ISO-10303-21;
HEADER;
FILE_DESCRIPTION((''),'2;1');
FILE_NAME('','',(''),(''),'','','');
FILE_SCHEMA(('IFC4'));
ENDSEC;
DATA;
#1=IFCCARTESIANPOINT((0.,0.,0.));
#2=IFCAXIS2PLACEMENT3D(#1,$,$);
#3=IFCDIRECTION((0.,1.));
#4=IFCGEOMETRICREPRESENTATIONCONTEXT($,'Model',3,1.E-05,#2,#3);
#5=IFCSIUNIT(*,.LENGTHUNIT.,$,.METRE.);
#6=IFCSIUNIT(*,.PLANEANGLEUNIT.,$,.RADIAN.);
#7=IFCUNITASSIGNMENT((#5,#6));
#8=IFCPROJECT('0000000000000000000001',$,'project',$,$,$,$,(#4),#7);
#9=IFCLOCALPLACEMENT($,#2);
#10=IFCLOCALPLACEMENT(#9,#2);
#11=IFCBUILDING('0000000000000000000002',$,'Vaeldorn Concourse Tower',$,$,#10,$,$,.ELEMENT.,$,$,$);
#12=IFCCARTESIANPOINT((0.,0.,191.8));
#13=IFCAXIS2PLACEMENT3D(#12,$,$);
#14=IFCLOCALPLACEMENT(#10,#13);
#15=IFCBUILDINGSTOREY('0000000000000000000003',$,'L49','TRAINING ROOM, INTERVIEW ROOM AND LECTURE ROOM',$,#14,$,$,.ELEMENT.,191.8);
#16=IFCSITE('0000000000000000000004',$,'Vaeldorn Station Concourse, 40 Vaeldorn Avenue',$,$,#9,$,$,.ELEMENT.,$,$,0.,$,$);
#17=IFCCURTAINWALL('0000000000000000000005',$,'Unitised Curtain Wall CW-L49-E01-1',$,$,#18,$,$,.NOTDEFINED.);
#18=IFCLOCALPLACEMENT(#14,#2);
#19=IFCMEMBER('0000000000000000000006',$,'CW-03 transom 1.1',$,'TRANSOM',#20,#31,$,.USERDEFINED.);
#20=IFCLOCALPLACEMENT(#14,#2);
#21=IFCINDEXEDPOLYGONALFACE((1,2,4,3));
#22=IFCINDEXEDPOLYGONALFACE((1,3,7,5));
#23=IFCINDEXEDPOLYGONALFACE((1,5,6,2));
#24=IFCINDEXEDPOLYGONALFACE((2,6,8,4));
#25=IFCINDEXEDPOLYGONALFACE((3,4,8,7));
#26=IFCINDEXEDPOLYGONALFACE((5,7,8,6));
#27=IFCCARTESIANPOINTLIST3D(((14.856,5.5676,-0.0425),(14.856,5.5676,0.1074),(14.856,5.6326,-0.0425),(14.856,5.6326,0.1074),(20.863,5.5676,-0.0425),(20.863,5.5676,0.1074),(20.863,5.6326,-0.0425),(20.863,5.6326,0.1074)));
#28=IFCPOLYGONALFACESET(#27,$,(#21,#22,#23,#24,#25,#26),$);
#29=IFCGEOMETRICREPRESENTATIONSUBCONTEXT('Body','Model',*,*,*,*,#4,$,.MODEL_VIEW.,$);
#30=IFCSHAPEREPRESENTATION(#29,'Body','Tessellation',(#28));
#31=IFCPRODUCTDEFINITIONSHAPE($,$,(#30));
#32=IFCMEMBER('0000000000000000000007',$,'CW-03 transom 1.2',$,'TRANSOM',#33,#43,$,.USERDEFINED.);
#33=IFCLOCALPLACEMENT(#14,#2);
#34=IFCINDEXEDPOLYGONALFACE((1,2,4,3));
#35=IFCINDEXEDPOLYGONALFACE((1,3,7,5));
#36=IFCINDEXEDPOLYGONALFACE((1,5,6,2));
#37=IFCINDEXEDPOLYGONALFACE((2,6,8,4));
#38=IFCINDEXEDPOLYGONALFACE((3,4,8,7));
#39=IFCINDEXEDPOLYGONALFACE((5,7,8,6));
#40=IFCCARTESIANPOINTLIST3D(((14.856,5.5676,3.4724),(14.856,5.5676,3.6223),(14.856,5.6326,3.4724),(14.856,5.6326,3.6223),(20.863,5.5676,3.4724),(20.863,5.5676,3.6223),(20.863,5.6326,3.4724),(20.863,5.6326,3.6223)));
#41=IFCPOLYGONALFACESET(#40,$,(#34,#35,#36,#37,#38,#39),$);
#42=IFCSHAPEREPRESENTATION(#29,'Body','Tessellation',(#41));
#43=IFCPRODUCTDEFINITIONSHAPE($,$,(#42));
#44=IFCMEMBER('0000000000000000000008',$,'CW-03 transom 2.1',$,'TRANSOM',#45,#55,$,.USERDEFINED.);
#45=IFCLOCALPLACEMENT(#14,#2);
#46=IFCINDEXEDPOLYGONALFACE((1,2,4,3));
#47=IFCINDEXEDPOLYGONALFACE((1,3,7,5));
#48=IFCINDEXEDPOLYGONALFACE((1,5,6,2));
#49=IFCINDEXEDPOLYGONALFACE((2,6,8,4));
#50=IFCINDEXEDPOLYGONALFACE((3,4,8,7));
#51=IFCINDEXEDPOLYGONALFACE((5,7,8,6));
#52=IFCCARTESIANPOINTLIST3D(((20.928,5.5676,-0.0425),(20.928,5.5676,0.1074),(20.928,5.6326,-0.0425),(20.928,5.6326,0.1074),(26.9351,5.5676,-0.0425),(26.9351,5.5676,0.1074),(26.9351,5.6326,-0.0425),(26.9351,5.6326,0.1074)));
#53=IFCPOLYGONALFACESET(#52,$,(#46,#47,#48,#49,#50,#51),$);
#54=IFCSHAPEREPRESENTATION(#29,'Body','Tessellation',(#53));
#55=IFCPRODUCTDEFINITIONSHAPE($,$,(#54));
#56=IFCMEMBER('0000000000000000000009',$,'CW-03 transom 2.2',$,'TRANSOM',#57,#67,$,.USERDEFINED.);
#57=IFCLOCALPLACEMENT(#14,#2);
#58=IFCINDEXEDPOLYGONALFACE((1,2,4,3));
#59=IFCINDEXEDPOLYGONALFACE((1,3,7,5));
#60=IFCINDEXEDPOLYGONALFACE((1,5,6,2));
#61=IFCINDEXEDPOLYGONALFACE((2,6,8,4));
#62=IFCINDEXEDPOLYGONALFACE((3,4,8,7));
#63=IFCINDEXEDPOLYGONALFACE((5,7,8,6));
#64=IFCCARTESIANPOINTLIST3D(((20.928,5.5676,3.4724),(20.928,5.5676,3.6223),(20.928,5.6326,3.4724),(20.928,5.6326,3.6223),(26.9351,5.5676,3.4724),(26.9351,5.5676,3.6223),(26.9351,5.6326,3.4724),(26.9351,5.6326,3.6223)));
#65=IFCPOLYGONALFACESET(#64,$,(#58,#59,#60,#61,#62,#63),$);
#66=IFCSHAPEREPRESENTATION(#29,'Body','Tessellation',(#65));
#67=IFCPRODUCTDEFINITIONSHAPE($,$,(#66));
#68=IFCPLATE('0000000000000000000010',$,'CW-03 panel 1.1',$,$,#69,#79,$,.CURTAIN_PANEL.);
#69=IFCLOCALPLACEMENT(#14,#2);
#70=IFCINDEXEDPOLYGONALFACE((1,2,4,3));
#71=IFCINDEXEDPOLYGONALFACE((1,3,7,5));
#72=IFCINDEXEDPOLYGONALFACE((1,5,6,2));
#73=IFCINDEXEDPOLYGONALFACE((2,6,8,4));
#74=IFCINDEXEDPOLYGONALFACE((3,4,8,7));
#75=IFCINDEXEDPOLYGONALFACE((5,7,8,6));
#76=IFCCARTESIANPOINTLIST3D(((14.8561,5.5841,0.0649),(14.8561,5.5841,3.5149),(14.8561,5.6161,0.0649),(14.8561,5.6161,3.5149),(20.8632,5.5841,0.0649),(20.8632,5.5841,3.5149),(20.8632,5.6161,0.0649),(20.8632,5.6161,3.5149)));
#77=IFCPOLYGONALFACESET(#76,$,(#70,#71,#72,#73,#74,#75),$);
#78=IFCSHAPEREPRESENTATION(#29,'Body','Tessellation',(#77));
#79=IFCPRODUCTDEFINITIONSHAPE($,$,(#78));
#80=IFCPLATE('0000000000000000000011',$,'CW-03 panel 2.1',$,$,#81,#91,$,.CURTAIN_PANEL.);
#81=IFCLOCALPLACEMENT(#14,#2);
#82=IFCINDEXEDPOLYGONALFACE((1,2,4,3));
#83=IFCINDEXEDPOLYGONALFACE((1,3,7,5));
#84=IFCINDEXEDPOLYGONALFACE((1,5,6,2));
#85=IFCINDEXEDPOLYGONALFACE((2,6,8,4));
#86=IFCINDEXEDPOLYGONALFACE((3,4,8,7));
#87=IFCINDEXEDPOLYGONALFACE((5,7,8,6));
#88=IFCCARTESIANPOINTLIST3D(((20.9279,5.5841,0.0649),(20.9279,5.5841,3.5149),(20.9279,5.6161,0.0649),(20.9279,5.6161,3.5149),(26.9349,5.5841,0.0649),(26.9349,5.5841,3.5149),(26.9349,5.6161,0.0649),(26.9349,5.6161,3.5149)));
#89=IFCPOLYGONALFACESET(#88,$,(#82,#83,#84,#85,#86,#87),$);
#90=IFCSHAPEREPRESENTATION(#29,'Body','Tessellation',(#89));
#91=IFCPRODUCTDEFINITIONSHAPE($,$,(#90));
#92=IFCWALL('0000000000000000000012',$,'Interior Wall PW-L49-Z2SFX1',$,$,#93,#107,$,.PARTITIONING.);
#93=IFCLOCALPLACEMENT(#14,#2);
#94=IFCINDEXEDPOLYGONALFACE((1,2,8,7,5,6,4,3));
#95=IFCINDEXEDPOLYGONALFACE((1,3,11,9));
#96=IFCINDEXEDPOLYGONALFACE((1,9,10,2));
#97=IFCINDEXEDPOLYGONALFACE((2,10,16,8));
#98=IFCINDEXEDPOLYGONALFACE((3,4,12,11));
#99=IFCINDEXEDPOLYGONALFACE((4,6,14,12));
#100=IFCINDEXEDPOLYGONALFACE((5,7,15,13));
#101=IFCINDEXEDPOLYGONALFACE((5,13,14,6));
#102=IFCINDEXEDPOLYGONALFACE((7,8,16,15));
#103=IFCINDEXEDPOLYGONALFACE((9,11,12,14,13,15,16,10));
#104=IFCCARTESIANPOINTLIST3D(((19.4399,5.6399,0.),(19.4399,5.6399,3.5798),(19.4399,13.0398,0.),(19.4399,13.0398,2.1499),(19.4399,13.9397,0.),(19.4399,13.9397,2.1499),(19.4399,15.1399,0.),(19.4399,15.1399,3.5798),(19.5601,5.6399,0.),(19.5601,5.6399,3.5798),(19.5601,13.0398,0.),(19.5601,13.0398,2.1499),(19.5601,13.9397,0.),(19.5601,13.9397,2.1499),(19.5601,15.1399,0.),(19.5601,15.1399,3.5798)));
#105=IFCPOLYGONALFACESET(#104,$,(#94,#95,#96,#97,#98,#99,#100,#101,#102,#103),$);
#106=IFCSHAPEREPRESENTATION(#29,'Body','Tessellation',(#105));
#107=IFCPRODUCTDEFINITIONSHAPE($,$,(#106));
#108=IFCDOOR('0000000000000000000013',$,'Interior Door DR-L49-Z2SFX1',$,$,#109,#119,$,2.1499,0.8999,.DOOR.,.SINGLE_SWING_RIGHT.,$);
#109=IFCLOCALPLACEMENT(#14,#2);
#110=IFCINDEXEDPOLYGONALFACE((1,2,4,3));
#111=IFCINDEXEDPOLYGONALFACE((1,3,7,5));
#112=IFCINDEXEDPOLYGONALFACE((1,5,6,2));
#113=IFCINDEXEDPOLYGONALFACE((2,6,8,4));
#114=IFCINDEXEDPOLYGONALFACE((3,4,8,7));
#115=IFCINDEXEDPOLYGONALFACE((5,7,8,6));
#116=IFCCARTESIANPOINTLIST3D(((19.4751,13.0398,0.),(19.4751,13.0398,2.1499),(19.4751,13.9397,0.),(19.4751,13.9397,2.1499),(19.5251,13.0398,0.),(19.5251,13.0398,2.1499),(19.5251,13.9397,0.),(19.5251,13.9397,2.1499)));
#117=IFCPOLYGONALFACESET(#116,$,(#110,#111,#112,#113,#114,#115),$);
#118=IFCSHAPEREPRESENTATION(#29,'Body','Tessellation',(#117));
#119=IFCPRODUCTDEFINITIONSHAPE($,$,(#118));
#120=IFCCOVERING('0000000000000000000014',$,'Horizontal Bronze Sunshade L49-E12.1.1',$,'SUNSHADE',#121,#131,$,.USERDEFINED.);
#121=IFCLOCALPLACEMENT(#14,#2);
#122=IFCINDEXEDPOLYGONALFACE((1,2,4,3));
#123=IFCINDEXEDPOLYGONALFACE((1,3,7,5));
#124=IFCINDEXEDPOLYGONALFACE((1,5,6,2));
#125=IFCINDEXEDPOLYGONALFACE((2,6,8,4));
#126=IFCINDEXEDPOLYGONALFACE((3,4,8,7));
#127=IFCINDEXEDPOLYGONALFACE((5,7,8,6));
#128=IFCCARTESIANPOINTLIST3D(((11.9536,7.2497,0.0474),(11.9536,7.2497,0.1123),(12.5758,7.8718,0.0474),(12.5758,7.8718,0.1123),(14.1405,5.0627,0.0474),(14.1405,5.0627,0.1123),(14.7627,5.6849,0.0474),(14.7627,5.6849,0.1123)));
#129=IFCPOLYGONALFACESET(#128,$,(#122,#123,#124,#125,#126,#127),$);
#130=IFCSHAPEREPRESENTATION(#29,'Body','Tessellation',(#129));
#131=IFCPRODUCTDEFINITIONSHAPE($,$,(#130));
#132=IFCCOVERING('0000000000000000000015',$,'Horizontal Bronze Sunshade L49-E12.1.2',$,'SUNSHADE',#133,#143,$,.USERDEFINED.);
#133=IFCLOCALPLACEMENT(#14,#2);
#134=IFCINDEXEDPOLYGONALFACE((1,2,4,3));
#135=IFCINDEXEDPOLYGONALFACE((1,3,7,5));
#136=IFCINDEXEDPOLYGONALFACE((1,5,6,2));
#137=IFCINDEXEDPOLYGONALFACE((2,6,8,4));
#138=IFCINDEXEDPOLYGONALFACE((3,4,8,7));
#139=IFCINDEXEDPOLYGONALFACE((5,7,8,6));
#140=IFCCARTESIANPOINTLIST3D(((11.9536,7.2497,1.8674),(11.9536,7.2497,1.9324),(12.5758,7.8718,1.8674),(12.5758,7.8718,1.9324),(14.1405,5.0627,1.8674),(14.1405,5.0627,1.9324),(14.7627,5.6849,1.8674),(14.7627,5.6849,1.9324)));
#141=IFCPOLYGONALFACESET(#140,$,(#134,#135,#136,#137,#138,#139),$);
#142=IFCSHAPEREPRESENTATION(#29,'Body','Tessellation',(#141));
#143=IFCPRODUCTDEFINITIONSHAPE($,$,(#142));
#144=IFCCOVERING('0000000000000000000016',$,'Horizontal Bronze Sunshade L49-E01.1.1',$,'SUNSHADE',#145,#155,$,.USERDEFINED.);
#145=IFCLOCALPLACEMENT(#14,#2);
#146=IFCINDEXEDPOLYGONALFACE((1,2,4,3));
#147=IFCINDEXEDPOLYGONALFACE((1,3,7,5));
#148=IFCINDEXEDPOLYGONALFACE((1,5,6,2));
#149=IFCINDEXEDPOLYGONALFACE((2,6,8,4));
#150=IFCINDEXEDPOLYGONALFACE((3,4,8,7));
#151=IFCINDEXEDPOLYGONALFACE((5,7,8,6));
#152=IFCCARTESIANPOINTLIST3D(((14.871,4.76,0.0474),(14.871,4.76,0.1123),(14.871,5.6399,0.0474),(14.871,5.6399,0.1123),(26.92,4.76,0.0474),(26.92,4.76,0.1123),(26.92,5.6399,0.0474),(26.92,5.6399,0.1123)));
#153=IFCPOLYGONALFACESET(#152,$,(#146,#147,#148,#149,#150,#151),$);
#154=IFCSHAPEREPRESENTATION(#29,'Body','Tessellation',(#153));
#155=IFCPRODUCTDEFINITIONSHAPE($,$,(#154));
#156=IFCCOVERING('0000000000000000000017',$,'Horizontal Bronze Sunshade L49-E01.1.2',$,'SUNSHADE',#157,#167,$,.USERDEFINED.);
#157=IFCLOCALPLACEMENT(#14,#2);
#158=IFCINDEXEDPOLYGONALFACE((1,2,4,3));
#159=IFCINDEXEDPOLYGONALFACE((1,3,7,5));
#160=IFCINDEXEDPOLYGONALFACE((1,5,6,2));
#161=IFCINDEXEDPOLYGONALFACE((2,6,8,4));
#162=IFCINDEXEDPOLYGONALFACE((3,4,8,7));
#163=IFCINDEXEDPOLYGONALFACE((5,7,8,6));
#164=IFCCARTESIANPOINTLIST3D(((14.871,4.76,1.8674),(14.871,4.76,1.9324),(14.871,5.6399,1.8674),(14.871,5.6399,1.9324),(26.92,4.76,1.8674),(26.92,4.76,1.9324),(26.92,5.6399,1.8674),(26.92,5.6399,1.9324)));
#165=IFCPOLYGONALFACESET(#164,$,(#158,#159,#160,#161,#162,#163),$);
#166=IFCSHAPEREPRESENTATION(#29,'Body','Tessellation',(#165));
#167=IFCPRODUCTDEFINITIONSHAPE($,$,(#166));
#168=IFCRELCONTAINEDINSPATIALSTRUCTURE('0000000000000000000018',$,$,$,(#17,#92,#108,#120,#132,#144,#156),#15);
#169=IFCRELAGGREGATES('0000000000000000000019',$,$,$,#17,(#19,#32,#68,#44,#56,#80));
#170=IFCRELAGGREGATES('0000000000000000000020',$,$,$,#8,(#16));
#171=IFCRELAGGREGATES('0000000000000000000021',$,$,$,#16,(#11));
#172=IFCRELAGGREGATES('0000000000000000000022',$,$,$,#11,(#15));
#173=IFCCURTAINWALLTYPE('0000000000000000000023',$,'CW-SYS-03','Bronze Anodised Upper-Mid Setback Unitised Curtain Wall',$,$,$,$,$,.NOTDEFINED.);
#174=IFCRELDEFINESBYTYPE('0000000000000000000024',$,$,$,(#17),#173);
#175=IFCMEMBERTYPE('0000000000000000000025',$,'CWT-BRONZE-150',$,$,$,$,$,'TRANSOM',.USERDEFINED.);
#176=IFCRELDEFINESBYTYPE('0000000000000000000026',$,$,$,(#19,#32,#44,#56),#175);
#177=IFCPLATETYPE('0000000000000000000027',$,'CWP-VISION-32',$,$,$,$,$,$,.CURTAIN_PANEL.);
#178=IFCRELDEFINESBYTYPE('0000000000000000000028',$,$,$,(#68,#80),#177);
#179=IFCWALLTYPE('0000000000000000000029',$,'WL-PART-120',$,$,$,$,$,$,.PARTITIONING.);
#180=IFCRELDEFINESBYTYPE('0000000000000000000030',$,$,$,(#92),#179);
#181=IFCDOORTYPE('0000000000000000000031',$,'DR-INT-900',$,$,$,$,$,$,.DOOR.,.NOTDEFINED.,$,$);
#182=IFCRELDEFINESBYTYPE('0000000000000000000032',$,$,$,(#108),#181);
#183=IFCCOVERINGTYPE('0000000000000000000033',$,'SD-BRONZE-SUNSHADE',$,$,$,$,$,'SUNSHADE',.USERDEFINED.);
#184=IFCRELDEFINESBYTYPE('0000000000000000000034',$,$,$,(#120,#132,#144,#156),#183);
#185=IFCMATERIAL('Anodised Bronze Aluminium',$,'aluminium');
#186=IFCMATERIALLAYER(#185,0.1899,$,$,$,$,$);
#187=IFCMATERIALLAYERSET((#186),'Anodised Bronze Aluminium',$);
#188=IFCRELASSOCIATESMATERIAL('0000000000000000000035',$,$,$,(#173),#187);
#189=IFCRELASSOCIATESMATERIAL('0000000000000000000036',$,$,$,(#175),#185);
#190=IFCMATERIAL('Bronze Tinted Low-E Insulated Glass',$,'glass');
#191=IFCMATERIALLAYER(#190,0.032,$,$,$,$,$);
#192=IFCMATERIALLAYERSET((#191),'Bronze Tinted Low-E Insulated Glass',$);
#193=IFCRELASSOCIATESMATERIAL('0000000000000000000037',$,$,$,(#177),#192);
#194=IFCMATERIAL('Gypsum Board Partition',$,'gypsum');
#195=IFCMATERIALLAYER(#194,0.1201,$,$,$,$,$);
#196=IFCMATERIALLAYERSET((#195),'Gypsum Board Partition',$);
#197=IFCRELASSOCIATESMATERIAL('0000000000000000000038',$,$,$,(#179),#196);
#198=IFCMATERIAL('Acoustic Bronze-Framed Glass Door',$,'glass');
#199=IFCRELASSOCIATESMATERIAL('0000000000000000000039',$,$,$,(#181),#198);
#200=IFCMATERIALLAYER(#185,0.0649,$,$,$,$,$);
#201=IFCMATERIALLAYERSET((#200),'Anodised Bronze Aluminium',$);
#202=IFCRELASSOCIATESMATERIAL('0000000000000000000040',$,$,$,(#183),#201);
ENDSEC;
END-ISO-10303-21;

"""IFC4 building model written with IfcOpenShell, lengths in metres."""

from ifc_helpers import new_model, si_unit, direction, frame, frame_2d, origin, origin_2d, place, context, subcontext, project, spatial, rectangle, extrude, source, transform, mapped, material, layer, layer_set, material_profile, profile_set, type_object, element, fill, aggregate, save


model = new_model("IFC4")

# Units and contexts
model_context = context("Model", 3, precision=1e-05, world=origin(), true_north=direction((0.0, 1.0)))
body_context = subcontext(model_context, "Body", "Model", "MODEL_VIEW")
ifc_project = project(units=[si_unit("LENGTHUNIT", "METRE"), si_unit("PLANEANGLEUNIT", "RADIAN")], contexts=[model_context])

# Site, building, storey
site_placement = place(None, origin())
site = spatial("IfcSite", under=ifc_project, at=site_placement, Name="Vaeldorn Station Concourse, 40 Vaeldorn Avenue", CompositionType="ELEMENT", RefElevation=0.0)
building_placement = place(site_placement, origin())
building = spatial("IfcBuilding", under=site, at=building_placement, Name="Vaeldorn Concourse Tower", CompositionType="ELEMENT")
storey_placement = place(building_placement, frame((0.0, 0.0, 191.8)))
storey = spatial("IfcBuildingStorey", under=building, at=storey_placement, Name="L49", Description="TRAINING ROOM, INTERVIEW ROOM AND LECTURE ROOM", CompositionType="ELEMENT", Elevation=191.8)

# Curtain wall
ifc_material_1 = material(Name="Anodised Bronze Aluminium", Category="aluminium")
ifc_layer_1 = layer(ifc_material_1, 0.1899)
ifc_layer_set_1 = layer_set([ifc_layer_1], Name="Anodised Bronze Aluminium")
curtain_wall_type = type_object("IfcCurtainWallType", Name="CW-SYS-03", Description="Bronze Anodised Upper-Mid Setback Unitised Curtain Wall", PredefinedType="NOTDEFINED", material=ifc_layer_set_1)
curtain_wall_1_placement = place(storey_placement, origin())
curtain_wall_1 = element("IfcCurtainWall", 1, at=curtain_wall_1_placement, inside=storey, type_object=curtain_wall_type, Name="Unitised Curtain Wall CW-L49-E01-1", PredefinedType="NOTDEFINED")

# Members
ifc_material_profile_1 = material_profile(ifc_material_1, rectangle(XDim=0.0649, YDim=0.1499, at=origin_2d()), Name="CWT 65x150")
ifc_profile_set_1 = profile_set([ifc_material_profile_1], Name="Anodised Bronze Aluminium")
member_type_1 = type_object("IfcMemberType", Name="CWT-BRONZE-150", ElementType="TRANSOM", PredefinedType="USERDEFINED", material=ifc_profile_set_1)
shared_shape_1 = source(origin(), body_context, "Body", "SweptSolid", [
    extrude(rectangle(XDim=0.0649, YDim=0.1499, at=origin_2d()), origin(), (0.0, 0.0, 1.0), 6.0071),
])
member_1_placement = place(storey_placement, frame((14.856, 5.6001, 0.0325), z_axis=(1.0, 0.0, 0.0), x_axis=(0.0, 1.0, 0.0)))
member_1 = element("IfcMember", 2, at=member_1_placement, type_object=member_type_1, Name="CW-03 transom 1.1", ObjectType="TRANSOM", PredefinedType="USERDEFINED", context=body_context, shape_type="MappedRepresentation", body=[
    mapped(shared_shape_1, transform((0.0, 0.0, 0.0), scale=1.0)),
])
member_2_placement = place(storey_placement, frame((14.856, 5.6001, 3.5474), z_axis=(1.0, 0.0, 0.0), x_axis=(0.0, 1.0, 0.0)))
member_2 = element("IfcMember", 3, at=member_2_placement, type_object=member_type_1, Name="CW-03 transom 1.2", ObjectType="TRANSOM", PredefinedType="USERDEFINED", context=body_context, shape_type="MappedRepresentation", body=[
    mapped(shared_shape_1, transform((0.0, 0.0, 0.0), scale=1.0)),
])
member_3_placement = place(storey_placement, frame((20.928, 5.6001, 0.0325), z_axis=(1.0, 0.0, 0.0), x_axis=(0.0, 1.0, 0.0)))
member_3 = element("IfcMember", 4, at=member_3_placement, type_object=member_type_1, Name="CW-03 transom 2.1", ObjectType="TRANSOM", PredefinedType="USERDEFINED", context=body_context, shape_type="MappedRepresentation", body=[
    mapped(shared_shape_1, transform((0.0, 0.0, 0.0), scale=1.0)),
])
member_4_placement = place(storey_placement, frame((20.928, 5.6001, 3.5474), z_axis=(1.0, 0.0, 0.0), x_axis=(0.0, 1.0, 0.0)))
member_4 = element("IfcMember", 5, at=member_4_placement, type_object=member_type_1, Name="CW-03 transom 2.2", ObjectType="TRANSOM", PredefinedType="USERDEFINED", context=body_context, shape_type="MappedRepresentation", body=[
    mapped(shared_shape_1, transform((0.0, 0.0, 0.0), scale=1.0)),
])

# Plates
ifc_material_2 = material(Name="Bronze Tinted Low-E Insulated Glass", Category="glass")
ifc_layer_2 = layer(ifc_material_2, 0.032)
ifc_layer_set_2 = layer_set([ifc_layer_2], Name="Bronze Tinted Low-E Insulated Glass")
plate_type = type_object("IfcPlateType", Name="CWP-VISION-32", PredefinedType="CURTAIN_PANEL", material=ifc_layer_set_2)
shared_shape_2 = source(origin(), body_context, "Body", "SweptSolid", [
    extrude(rectangle(XDim=6.0071, YDim=0.032, at=origin_2d()), origin(), (0.0, 0.0, 1.0), 3.45),
])
plate_1_placement = place(storey_placement, frame((17.8596, 5.6001, 0.0649), z_axis=(0.0, 0.0, 1.0), x_axis=(1.0, 0.0, 0.0)))
plate_1 = element("IfcPlate", 6, at=plate_1_placement, type_object=plate_type, Name="CW-03 panel 1.1", PredefinedType="CURTAIN_PANEL", context=body_context, shape_type="MappedRepresentation", body=[
    mapped(shared_shape_2, transform((0.0, 0.0, 0.0), scale=1.0)),
])
plate_2_placement = place(storey_placement, frame((23.9314, 5.6001, 0.0649), z_axis=(0.0, 0.0, 1.0), x_axis=(1.0, 0.0, 0.0)))
plate_2 = element("IfcPlate", 7, at=plate_2_placement, type_object=plate_type, Name="CW-03 panel 2.1", PredefinedType="CURTAIN_PANEL", context=body_context, shape_type="MappedRepresentation", body=[
    mapped(shared_shape_2, transform((0.0, 0.0, 0.0), scale=1.0)),
])
aggregate(curtain_wall_1, [member_1, member_2, plate_1, member_3, member_4, plate_2])

# Wall, opening, door
ifc_material_3 = material(Name="Gypsum Board Partition", Category="gypsum")
ifc_layer_3 = layer(ifc_material_3, 0.1201)
ifc_layer_set_3 = layer_set([ifc_layer_3], Name="Gypsum Board Partition")
wall_type = type_object("IfcWallType", Name="WL-PART-120", PredefinedType="PARTITIONING", material=ifc_layer_set_3)
wall_placement = place(storey_placement, frame((19.5, 5.6399, 0.0), z_axis=(0.0, 0.0, 1.0), x_axis=(0.0, 1.0, 0.0)))
wall = element("IfcWall", 8, at=wall_placement, inside=storey, type_object=wall_type, Name="Interior Wall PW-L49-Z2SFX1", PredefinedType="PARTITIONING", context=body_context, shape_type="SweptSolid", body=[
    extrude(rectangle(XDim=9.5, YDim=0.1201, at=frame_2d((4.75, 0.0))), origin(), (0.0, 0.0, 1.0), 3.5798),
])
opening_placement = place(wall_placement, frame((7.3999, 0.0, 0.0)))
opening = element("IfcOpeningElement", 9, at=opening_placement, cuts=wall, PredefinedType="OPENING", context=body_context, shape_type="SweptSolid", body=[
    extrude(rectangle(XDim=0.8999, YDim=2.1499, at=frame_2d((0.45, 1.075))), frame((0.0, 0.0701, 0.0), z_axis=(0.0, -1.0, 0.0), x_axis=(1.0, 0.0, 0.0)), (0.0, 0.0, 1.0), 0.1401),
])
ifc_material_4 = material(Name="Acoustic Bronze-Framed Glass Door", Category="glass")
door_type = type_object("IfcDoorType", Name="DR-INT-900", OperationType="NOTDEFINED", PredefinedType="DOOR", material=ifc_material_4)
shared_shape_3 = source(origin(), body_context, "Body", "SweptSolid", [
    extrude(rectangle(XDim=0.8999, YDim=2.1499, at=frame_2d((0.45, 1.075))), frame((0.0, 0.0249, 0.0), z_axis=(0.0, -1.0, 0.0), x_axis=(1.0, 0.0, 0.0)), (0.0, 0.0, 1.0), 0.05),
])
door_placement = place(opening_placement, origin())
door = element("IfcDoor", 10, at=door_placement, inside=storey, type_object=door_type, Name="Interior Door DR-L49-Z2SFX1", OperationType="SINGLE_SWING_RIGHT", OverallHeight=2.1499, OverallWidth=0.8999, PredefinedType="DOOR", context=body_context, shape_type="MappedRepresentation", body=[
    mapped(shared_shape_3, transform((0.0, 0.0, 0.0), scale=1.0)),
])
fill(opening, door)

# Coverings
ifc_layer_4 = layer(ifc_material_1, 0.0649)
ifc_layer_set_4 = layer_set([ifc_layer_4], Name="Anodised Bronze Aluminium")
covering_type = type_object("IfcCoveringType", Name="SD-BRONZE-SUNSHADE", ElementType="SUNSHADE", PredefinedType="USERDEFINED", material=ifc_layer_set_4)
shared_shape_4 = source(origin(), body_context, "Body", "SweptSolid", [
    extrude(rectangle(XDim=3.0928, YDim=0.8799, at=origin_2d()), origin(), (0.0, 0.0, 1.0), 0.0649),
])
for number, where, z_axis, x_axis, name in (
    (11, (13.3582, 6.4673, 0.0474), (0.0, 0.0, 1.0), (0.707107, -0.707107, 0.0), "Horizontal Bronze Sunshade L49-E12.1.1"),
    (12, (13.3582, 6.4673, 1.8674), (0.0, 0.0, 1.0), (0.707107, -0.707107, 0.0), "Horizontal Bronze Sunshade L49-E12.1.2"),
):
    element("IfcCovering", number, at=place(storey_placement, frame(where, z_axis=z_axis, x_axis=x_axis)), inside=storey, type_object=covering_type, Name=name, ObjectType="SUNSHADE", PredefinedType="USERDEFINED", context=body_context, shape_type="MappedRepresentation", body=[
        mapped(shared_shape_4, transform((0.0, 0.0, 0.0), scale=1.0)),
    ])
shared_shape_5 = source(origin(), body_context, "Body", "SweptSolid", [
    extrude(rectangle(XDim=12.0491, YDim=0.8799, at=origin_2d()), origin(), (0.0, 0.0, 1.0), 0.0649),
])
for number, where, z_axis, x_axis, name in (
    (13, (20.8955, 5.2, 0.0474), (0.0, 0.0, 1.0), (1.0, 0.0, 0.0), "Horizontal Bronze Sunshade L49-E01.1.1"),
    (14, (20.8955, 5.2, 1.8674), (0.0, 0.0, 1.0), (1.0, 0.0, 0.0), "Horizontal Bronze Sunshade L49-E01.1.2"),
):
    element("IfcCovering", number, at=place(storey_placement, frame(where, z_axis=z_axis, x_axis=x_axis)), inside=storey, type_object=covering_type, Name=name, ObjectType="SUNSHADE", PredefinedType="USERDEFINED", context=body_context, shape_type="MappedRepresentation", body=[
        mapped(shared_shape_5, transform((0.0, 0.0, 0.0), scale=1.0)),
    ])

save(model, "model.ifc")
